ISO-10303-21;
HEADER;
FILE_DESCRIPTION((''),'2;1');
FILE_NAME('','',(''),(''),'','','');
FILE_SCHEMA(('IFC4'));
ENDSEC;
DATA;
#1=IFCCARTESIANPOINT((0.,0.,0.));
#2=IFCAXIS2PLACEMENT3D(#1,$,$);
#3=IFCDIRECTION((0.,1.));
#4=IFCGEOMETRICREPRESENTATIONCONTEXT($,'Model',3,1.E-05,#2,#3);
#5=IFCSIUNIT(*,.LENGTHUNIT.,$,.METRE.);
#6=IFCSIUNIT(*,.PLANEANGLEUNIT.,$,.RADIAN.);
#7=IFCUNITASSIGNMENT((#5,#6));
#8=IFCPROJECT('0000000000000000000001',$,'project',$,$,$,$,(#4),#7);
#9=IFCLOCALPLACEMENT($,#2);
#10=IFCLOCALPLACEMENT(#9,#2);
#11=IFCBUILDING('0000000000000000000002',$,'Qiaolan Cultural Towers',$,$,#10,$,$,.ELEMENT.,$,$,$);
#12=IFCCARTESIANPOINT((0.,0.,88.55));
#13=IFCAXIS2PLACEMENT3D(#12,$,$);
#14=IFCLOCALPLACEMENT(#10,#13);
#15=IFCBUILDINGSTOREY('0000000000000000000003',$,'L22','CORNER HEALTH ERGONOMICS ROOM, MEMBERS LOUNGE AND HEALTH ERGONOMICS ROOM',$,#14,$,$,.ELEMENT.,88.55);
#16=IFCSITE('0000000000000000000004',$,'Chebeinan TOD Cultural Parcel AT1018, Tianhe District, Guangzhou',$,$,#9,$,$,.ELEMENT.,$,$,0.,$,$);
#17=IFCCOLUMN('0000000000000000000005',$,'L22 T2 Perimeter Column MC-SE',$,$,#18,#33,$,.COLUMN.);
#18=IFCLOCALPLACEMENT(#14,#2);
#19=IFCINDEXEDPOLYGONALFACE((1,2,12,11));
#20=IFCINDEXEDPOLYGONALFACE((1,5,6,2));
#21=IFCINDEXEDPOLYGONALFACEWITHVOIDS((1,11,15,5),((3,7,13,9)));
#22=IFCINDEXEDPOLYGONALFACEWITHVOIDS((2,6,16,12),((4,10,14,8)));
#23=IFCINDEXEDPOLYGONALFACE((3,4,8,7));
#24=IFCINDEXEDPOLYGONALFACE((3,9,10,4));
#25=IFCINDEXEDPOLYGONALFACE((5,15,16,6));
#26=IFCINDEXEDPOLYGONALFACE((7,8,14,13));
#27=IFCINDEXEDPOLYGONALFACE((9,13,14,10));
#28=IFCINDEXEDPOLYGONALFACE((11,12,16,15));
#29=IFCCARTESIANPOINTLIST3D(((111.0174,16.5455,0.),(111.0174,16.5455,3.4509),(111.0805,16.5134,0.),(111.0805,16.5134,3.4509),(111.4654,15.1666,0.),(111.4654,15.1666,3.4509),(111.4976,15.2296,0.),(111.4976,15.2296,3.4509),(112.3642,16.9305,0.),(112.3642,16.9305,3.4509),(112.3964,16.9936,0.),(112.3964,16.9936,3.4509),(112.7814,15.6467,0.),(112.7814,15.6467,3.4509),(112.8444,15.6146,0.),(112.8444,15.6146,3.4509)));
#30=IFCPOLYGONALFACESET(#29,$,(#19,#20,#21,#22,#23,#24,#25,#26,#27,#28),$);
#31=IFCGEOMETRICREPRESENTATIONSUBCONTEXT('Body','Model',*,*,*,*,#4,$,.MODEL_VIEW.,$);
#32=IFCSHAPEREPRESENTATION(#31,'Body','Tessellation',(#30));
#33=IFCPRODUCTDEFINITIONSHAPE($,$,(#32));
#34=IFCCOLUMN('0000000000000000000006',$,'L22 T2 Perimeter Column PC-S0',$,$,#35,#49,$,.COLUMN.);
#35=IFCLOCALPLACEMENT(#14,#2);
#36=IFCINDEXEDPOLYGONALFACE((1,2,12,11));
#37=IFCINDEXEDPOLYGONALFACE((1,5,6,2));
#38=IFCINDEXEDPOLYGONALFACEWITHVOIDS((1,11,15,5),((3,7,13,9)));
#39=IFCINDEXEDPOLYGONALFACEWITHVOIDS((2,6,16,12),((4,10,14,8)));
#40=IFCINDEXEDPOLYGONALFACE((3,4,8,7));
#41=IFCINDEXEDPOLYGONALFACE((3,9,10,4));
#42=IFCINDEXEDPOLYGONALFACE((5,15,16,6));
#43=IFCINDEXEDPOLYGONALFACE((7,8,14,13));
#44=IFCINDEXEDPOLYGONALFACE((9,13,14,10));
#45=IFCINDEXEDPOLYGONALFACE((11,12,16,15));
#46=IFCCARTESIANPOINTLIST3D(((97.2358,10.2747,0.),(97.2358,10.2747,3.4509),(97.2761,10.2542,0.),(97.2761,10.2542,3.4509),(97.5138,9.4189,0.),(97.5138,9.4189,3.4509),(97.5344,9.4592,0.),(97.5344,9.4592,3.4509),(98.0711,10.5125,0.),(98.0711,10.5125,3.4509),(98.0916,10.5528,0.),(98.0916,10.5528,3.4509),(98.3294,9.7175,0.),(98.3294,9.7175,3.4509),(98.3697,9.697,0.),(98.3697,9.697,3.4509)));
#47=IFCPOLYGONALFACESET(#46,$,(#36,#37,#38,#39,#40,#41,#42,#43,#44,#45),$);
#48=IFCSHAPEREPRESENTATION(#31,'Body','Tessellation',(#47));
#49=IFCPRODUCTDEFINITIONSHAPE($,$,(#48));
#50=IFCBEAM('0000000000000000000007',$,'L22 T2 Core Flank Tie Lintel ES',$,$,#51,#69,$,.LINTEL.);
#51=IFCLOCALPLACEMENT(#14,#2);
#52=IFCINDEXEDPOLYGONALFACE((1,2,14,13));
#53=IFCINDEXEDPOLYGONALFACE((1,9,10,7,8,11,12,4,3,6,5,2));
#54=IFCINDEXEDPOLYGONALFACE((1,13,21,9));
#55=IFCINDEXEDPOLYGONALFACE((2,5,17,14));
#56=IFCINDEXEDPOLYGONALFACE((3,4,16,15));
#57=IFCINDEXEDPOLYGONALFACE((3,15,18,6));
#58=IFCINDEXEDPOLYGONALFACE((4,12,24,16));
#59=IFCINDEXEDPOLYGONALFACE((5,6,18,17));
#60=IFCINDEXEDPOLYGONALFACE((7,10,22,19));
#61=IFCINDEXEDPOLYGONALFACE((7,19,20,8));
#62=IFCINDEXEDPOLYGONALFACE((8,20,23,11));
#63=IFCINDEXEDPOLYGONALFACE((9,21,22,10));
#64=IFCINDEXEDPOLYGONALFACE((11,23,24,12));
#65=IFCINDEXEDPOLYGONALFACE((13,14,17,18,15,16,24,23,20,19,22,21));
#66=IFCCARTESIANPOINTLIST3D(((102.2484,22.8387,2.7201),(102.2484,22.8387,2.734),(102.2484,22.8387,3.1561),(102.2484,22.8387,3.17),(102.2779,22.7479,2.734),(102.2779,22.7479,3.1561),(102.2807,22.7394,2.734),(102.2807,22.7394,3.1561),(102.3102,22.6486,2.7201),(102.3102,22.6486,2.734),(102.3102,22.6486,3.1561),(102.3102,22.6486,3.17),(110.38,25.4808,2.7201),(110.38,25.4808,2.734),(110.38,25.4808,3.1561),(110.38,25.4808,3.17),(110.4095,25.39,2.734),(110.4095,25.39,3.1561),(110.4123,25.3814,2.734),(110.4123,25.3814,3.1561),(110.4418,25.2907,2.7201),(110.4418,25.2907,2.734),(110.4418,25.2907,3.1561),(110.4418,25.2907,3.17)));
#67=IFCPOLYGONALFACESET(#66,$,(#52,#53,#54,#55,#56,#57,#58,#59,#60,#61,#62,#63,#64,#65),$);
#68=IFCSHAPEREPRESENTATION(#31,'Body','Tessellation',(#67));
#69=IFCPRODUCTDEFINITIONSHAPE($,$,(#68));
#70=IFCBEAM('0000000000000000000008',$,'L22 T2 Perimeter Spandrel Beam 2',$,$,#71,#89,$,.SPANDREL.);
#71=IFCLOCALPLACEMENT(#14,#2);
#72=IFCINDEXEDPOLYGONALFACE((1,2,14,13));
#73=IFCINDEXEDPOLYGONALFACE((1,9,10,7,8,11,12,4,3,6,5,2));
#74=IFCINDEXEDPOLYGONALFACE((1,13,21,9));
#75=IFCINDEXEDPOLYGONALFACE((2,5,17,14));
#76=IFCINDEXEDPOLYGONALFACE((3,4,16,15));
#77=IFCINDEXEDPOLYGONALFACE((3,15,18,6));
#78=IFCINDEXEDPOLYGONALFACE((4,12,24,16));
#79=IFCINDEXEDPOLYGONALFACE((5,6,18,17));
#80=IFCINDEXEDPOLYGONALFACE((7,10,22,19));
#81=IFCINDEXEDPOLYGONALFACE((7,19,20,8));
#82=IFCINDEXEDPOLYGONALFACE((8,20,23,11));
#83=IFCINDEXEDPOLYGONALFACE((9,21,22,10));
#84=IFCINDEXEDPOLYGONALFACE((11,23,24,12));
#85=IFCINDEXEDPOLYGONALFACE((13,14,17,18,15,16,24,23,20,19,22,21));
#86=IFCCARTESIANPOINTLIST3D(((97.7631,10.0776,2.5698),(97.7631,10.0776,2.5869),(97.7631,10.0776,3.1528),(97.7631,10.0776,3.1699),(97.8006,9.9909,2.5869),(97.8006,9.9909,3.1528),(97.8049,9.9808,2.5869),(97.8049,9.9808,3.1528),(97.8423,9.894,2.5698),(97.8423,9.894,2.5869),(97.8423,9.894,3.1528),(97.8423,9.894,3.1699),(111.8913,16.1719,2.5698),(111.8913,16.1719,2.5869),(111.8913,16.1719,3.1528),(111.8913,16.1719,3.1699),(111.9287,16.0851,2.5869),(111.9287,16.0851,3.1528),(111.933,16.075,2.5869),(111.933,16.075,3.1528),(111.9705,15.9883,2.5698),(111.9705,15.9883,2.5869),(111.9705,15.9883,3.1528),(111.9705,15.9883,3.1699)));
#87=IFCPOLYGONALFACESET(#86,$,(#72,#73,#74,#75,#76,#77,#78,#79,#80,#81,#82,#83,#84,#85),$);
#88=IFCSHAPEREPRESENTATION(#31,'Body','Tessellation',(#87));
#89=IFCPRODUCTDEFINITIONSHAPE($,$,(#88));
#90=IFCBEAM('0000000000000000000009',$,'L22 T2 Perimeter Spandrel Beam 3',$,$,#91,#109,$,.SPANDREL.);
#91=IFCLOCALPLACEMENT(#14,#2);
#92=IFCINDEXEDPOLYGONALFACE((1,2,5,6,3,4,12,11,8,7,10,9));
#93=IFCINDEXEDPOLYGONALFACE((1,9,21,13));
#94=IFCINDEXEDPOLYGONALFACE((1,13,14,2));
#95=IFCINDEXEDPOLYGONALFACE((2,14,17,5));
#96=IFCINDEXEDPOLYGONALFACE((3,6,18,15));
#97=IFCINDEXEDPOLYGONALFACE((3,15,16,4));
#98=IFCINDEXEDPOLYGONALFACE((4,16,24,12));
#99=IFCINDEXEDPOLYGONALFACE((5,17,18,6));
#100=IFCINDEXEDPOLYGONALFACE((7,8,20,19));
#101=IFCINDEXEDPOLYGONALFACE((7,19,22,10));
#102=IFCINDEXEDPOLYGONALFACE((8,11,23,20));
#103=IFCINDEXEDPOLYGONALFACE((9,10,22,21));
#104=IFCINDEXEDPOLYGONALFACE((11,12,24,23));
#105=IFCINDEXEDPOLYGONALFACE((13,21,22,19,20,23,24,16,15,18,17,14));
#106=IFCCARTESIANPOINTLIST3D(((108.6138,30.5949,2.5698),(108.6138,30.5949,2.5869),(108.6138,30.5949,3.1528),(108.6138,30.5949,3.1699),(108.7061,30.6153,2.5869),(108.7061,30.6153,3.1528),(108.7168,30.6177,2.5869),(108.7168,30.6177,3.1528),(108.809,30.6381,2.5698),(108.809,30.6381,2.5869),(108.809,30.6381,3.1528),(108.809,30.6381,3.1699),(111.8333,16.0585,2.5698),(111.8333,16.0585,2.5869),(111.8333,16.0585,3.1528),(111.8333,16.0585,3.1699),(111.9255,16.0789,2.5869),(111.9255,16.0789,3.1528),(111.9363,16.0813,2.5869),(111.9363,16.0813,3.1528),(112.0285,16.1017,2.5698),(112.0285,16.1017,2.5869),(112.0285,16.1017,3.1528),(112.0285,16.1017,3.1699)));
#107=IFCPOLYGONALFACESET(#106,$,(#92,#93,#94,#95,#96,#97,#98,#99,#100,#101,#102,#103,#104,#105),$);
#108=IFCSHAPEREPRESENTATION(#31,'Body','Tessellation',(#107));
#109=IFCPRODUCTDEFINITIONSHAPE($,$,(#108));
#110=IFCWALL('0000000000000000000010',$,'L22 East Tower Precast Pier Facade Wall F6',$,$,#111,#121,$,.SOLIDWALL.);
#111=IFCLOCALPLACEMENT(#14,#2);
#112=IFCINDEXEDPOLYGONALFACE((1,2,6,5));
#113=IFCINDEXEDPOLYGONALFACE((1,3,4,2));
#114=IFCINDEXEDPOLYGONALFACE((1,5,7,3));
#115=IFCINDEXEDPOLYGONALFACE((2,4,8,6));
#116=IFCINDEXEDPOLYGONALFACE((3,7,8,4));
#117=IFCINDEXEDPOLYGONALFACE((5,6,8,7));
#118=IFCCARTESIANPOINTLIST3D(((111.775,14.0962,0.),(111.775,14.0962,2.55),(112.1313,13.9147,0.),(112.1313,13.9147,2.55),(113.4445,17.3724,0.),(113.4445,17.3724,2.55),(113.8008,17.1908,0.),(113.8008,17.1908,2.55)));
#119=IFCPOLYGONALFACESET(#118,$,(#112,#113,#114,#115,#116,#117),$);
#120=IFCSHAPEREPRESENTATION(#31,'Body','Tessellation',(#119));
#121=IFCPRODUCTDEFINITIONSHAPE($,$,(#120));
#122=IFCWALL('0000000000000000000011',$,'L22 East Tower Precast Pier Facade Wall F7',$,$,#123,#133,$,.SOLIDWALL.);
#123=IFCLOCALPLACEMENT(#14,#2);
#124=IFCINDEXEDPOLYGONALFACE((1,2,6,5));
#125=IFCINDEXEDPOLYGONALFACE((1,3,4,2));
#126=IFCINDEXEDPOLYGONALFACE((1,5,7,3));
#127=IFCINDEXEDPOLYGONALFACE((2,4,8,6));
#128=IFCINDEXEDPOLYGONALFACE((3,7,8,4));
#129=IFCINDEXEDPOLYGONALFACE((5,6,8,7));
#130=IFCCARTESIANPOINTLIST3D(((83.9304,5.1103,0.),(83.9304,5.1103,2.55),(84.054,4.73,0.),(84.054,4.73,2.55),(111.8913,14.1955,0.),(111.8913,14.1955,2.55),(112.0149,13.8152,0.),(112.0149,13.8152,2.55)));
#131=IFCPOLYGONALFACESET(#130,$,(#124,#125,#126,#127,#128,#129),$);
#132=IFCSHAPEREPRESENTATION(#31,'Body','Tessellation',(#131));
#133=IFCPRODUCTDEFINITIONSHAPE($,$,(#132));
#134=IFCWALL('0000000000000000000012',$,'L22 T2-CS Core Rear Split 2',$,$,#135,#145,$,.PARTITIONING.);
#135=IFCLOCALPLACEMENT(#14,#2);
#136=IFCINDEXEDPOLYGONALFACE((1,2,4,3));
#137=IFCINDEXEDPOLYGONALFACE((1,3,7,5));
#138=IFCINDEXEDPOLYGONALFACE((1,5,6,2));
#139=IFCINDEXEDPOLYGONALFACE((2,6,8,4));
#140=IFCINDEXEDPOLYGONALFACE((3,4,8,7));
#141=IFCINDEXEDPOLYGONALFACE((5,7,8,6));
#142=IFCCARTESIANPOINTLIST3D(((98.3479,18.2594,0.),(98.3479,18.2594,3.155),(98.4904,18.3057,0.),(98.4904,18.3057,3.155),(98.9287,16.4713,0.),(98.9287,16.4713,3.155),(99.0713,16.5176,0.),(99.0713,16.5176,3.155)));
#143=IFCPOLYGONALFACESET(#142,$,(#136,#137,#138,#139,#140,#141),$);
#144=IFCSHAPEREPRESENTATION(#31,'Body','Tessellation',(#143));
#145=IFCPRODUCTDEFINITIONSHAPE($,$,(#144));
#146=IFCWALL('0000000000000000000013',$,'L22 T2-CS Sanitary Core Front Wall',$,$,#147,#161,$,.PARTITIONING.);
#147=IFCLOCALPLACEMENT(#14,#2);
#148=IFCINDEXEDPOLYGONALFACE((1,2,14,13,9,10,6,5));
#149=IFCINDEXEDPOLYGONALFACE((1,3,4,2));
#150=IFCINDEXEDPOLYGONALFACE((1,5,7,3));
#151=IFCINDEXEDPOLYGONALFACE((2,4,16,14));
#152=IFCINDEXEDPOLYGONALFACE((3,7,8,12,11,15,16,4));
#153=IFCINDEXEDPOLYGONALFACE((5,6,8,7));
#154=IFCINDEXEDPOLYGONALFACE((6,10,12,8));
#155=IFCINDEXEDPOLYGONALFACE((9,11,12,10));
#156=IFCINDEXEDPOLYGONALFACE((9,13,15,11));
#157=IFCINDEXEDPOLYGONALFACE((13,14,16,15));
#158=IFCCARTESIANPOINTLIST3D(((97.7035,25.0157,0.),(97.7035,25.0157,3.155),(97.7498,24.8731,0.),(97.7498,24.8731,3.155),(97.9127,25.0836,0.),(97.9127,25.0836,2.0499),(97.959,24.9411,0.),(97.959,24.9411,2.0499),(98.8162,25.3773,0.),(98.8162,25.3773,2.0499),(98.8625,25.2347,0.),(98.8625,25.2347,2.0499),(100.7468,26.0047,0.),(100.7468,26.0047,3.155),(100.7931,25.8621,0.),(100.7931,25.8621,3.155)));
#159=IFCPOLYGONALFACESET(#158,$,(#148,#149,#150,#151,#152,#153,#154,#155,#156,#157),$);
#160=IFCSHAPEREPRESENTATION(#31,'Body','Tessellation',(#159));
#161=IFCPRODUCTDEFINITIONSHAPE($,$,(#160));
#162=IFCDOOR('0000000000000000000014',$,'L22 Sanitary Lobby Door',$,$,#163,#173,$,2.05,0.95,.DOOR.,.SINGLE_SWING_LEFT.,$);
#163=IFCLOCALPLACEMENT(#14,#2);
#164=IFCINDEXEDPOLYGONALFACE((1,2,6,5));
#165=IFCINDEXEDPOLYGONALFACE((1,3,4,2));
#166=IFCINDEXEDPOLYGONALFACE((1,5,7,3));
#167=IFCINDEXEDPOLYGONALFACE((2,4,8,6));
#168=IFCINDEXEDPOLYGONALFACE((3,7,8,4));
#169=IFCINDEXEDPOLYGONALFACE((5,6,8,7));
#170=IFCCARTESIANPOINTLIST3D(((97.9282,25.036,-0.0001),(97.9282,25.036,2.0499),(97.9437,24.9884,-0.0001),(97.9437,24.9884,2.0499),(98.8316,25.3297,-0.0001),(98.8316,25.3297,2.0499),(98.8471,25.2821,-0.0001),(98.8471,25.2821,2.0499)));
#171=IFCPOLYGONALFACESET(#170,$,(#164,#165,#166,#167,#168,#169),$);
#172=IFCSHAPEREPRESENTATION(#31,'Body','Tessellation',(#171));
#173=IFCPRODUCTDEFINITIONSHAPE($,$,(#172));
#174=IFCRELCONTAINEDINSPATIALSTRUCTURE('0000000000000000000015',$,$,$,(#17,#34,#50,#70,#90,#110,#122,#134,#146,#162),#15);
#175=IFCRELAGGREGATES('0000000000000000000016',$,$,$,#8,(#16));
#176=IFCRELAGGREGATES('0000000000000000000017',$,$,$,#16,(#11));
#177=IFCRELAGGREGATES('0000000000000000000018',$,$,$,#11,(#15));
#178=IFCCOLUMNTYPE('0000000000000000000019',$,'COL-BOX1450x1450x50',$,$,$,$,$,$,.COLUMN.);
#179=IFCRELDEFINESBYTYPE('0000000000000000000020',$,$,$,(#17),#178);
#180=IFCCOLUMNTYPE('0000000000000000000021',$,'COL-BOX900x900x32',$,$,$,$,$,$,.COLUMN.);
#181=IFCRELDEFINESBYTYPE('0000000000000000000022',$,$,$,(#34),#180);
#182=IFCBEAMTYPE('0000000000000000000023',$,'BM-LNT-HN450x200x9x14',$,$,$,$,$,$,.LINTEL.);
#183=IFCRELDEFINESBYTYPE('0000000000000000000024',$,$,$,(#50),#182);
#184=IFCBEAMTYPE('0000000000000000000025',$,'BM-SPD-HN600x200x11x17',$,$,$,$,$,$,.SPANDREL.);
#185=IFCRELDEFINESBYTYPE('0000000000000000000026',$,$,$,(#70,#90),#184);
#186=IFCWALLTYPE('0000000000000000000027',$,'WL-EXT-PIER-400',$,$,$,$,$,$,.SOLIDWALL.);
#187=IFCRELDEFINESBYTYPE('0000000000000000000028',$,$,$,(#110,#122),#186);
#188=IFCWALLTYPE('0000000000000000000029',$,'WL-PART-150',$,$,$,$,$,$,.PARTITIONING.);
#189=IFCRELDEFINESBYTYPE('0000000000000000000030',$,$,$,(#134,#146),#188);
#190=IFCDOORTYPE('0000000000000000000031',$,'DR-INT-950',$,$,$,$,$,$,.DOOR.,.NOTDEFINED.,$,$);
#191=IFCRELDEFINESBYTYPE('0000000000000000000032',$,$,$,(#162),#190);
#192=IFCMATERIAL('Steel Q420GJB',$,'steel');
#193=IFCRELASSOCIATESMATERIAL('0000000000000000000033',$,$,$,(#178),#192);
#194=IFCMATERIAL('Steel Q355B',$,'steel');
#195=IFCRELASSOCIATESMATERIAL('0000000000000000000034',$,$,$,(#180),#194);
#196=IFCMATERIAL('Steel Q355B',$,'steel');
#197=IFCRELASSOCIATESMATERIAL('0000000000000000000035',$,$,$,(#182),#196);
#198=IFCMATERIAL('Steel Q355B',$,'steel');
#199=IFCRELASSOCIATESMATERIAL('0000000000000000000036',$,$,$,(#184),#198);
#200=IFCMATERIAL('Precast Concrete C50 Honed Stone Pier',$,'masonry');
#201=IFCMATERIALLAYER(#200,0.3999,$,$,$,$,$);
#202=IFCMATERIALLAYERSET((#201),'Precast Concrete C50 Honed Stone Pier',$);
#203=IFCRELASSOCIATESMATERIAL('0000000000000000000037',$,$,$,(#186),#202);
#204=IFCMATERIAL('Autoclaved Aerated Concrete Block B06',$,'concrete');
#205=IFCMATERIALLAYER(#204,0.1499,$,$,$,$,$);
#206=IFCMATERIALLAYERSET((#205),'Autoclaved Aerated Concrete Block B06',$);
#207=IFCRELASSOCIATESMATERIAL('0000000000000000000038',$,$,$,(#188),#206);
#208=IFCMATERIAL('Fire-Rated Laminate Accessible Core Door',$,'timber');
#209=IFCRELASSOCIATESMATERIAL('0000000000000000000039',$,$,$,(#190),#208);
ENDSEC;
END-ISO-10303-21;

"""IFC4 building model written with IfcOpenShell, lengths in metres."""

from ifc_helpers import new_model, si_unit, direction, frame, frame_2d, origin, origin_2d, place, context, subcontext, project, spatial, rectangle, hollow_rectangle, i_section, extrude, material, layer, layer_set, material_profile, profile_set, type_object, element, fill, save


model = new_model("IFC4")

# Units and contexts
model_context = context("Model", 3, precision=1e-05, world=origin(), true_north=direction((0.0, 1.0)))
body_context = subcontext(model_context, "Body", "Model", "MODEL_VIEW")
ifc_project = project(units=[si_unit("LENGTHUNIT", "METRE"), si_unit("PLANEANGLEUNIT", "RADIAN")], contexts=[model_context])

# Site, building, storey
site_placement = place(None, origin())
site = spatial("IfcSite", under=ifc_project, at=site_placement, Name="Chebeinan TOD Cultural Parcel AT1018, Tianhe District, Guangzhou", CompositionType="ELEMENT", RefElevation=0.0)
building_placement = place(site_placement, origin())
building = spatial("IfcBuilding", under=site, at=building_placement, Name="Qiaolan Cultural Towers", CompositionType="ELEMENT")
storey_placement = place(building_placement, frame((0.0, 0.0, 88.55)))
storey = spatial("IfcBuildingStorey", under=building, at=storey_placement, Name="L22", Description="CORNER HEALTH ERGONOMICS ROOM, MEMBERS LOUNGE AND HEALTH ERGONOMICS ROOM", CompositionType="ELEMENT", Elevation=88.55)

# Columns
ifc_material_1 = material(Name="Steel Q420GJB", Category="steel")
ifc_material_profile_1 = material_profile(ifc_material_1, hollow_rectangle(XDim=1.45, YDim=1.45, WallThickness=0.05, at=origin_2d()), Name="BOX1450x1450x50")
ifc_profile_set_1 = profile_set([ifc_material_profile_1], Name="Steel Q420GJB")
column_type_1 = type_object("IfcColumnType", Name="COL-BOX1450x1450x50", PredefinedType="COLUMN", material=ifc_profile_set_1)
column_1_placement = place(storey_placement, frame((111.9309, 16.0801, 0.0), z_axis=(0.0, 0.0, 1.0), x_axis=(0.951057, 0.309017, 0.0)))
element("IfcColumn", 1, at=column_1_placement, inside=storey, type_object=column_type_1, Name="L22 T2 Perimeter Column MC-SE", PredefinedType="COLUMN", context=body_context, shape_type="SweptSolid", body=[
    extrude(hollow_rectangle(XDim=1.45, YDim=1.45, WallThickness=0.05, at=origin_2d()), origin(), (0.0, 0.0, 1.0), 3.4509),
])
ifc_material_2 = material(Name="Steel Q355B", Category="steel")
ifc_material_profile_2 = material_profile(ifc_material_2, hollow_rectangle(XDim=0.8999, YDim=0.8999, WallThickness=0.032, at=origin_2d()), Name="BOX900x900x32")
ifc_profile_set_2 = profile_set([ifc_material_profile_2], Name="Steel Q355B")
column_type_2 = type_object("IfcColumnType", Name="COL-BOX900x900x32", PredefinedType="COLUMN", material=ifc_profile_set_2)
column_2_placement = place(storey_placement, frame((97.8027, 9.9858, 0.0), z_axis=(0.0, 0.0, 1.0), x_axis=(0.951057, 0.309017, 0.0)))
element("IfcColumn", 2, at=column_2_placement, inside=storey, type_object=column_type_2, Name="L22 T2 Perimeter Column PC-S0", PredefinedType="COLUMN", context=body_context, shape_type="SweptSolid", body=[
    extrude(hollow_rectangle(XDim=0.8999, YDim=0.8999, WallThickness=0.032, at=origin_2d()), origin(), (0.0, 0.0, 1.0), 3.4509),
])

# Beams
ifc_material_3 = material(Name="Steel Q355B", Category="steel")
ifc_material_profile_3 = material_profile(ifc_material_3, i_section(OverallWidth=0.2, OverallDepth=0.45, WebThickness=0.009, FlangeThickness=0.0139, at=origin_2d()), Name="HN450x200x9x14")
ifc_profile_set_3 = profile_set([ifc_material_profile_3], Name="Steel Q355B")
beam_type_1 = type_object("IfcBeamType", Name="BM-LNT-HN450x200x9x14", PredefinedType="LINTEL", material=ifc_profile_set_3)
beam_1_placement = place(storey_placement, frame((102.2793, 22.7437, 2.9451), z_axis=(0.951057, 0.309014, 0.0), x_axis=(-0.309014, 0.951057, 0.0)))
element("IfcBeam", 3, at=beam_1_placement, inside=storey, type_object=beam_type_1, Name="L22 T2 Core Flank Tie Lintel ES", PredefinedType="LINTEL", context=body_context, shape_type="SweptSolid", body=[
    extrude(i_section(OverallWidth=0.2, OverallDepth=0.45, WebThickness=0.009, FlangeThickness=0.0139, at=origin_2d()), origin(), (0.0, 0.0, 1.0), 8.55),
])
ifc_material_4 = material(Name="Steel Q355B", Category="steel")
ifc_material_profile_4 = material_profile(ifc_material_4, i_section(OverallWidth=0.2, OverallDepth=0.6001, WebThickness=0.011, FlangeThickness=0.0171, at=origin_2d()), Name="HN600x200x11x17")
ifc_profile_set_4 = profile_set([ifc_material_profile_4], Name="Steel Q355B")
beam_type_2 = type_object("IfcBeamType", Name="BM-SPD-HN600x200x11x17", PredefinedType="SPANDREL", material=ifc_profile_set_4)
beam_2_placement = place(storey_placement, frame((97.8027, 9.9858, 2.8699), z_axis=(0.918218, 0.396076, 0.0), x_axis=(-0.396076, 0.918218, 0.0)))
element("IfcBeam", 4, at=beam_2_placement, inside=storey, type_object=beam_type_2, Name="L22 T2 Perimeter Spandrel Beam 2", PredefinedType="SPANDREL", context=body_context, shape_type="SweptSolid", body=[
    extrude(i_section(OverallWidth=0.2, OverallDepth=0.6001, WebThickness=0.011, FlangeThickness=0.0171, at=origin_2d()), origin(), (0.0, 0.0, 1.0), 15.3865),
])
beam_3_placement = place(storey_placement, frame((111.9309, 16.0801, 2.8699), z_axis=(-0.216238, 0.976341, 0.0), x_axis=(-0.976341, -0.216238, 0.0)))
element("IfcBeam", 5, at=beam_3_placement, inside=storey, type_object=beam_type_2, Name="L22 T2 Perimeter Spandrel Beam 3", PredefinedType="SPANDREL", context=body_context, shape_type="SweptSolid", body=[
    extrude(i_section(OverallWidth=0.2, OverallDepth=0.6001, WebThickness=0.011, FlangeThickness=0.0171, at=origin_2d()), origin(), (0.0, 0.0, 1.0), 14.8887),
])

# Walls
ifc_material_5 = material(Name="Precast Concrete C50 Honed Stone Pier", Category="masonry")
ifc_layer_1 = layer(ifc_material_5, 0.3999)
ifc_layer_set_1 = layer_set([ifc_layer_1], Name="Precast Concrete C50 Honed Stone Pier")
wall_type_1 = type_object("IfcWallType", Name="WL-EXT-PIER-400", PredefinedType="SOLIDWALL", material=ifc_layer_set_1)
wall_1_placement = place(storey_placement, frame((113.6226, 17.2815, 0.0), z_axis=(0.0, 0.0, 1.0), x_axis=(-0.454026, -0.890988, 0.0)))
element("IfcWall", 6, at=wall_1_placement, inside=storey, type_object=wall_type_1, Name="L22 East Tower Precast Pier Facade Wall F6", PredefinedType="SOLIDWALL", context=body_context, shape_type="SweptSolid", body=[
    extrude(rectangle(XDim=3.677, YDim=0.3999, at=frame_2d((1.8384, 0.0))), origin(), (0.0, 0.0, 1.0), 2.55),
])
wall_2_placement = place(storey_placement, frame((111.9531, 14.0054, 0.0), z_axis=(0.0, 0.0, 1.0), x_axis=(-0.951055, -0.309021, 0.0)))
element("IfcWall", 7, at=wall_2_placement, inside=storey, type_object=wall_type_1, Name="L22 East Tower Precast Pier Facade Wall F7", PredefinedType="SOLIDWALL", context=body_context, shape_type="SweptSolid", body=[
    extrude(rectangle(XDim=29.3999, YDim=0.3999, at=frame_2d((14.7, 0.0))), origin(), (0.0, 0.0, 1.0), 2.55),
])
ifc_material_6 = material(Name="Autoclaved Aerated Concrete Block B06", Category="concrete")
ifc_layer_2 = layer(ifc_material_6, 0.1499)
ifc_layer_set_2 = layer_set([ifc_layer_2], Name="Autoclaved Aerated Concrete Block B06")
wall_type_2 = type_object("IfcWallType", Name="WL-PART-150", PredefinedType="PARTITIONING", material=ifc_layer_set_2)
wall_3_placement = place(storey_placement, frame((98.4192, 18.2825, 0.0), z_axis=(0.0, 0.0, 1.0), x_axis=(0.308933, -0.951084, 0.0)))
element("IfcWall", 8, at=wall_3_placement, inside=storey, type_object=wall_type_2, Name="L22 T2-CS Core Rear Split 2", PredefinedType="PARTITIONING", context=body_context, shape_type="SweptSolid", body=[
    extrude(rectangle(XDim=1.8801, YDim=0.1499, at=frame_2d((0.9399, 0.0))), origin(), (0.0, 0.0, 1.0), 3.155),
])

# Wall, opening, door
wall_4_placement = place(storey_placement, frame((97.7266, 24.9443, 0.0), z_axis=(0.0, 0.0, 1.0), x_axis=(0.951037, 0.309077, 0.0)))
wall_4 = element("IfcWall", 9, at=wall_4_placement, inside=storey, type_object=wall_type_2, Name="L22 T2-CS Sanitary Core Front Wall", PredefinedType="PARTITIONING", context=body_context, shape_type="SweptSolid", body=[
    extrude(rectangle(XDim=3.2, YDim=0.1499, at=frame_2d((1.6001, 0.0))), origin(), (0.0, 0.0, 1.0), 3.155),
])
opening_1_placement = place(wall_4_placement, frame((0.22, 0.0, 0.0)))
opening_1 = element("IfcOpeningElement", 10, at=opening_1_placement, cuts=wall_4, PredefinedType="OPENING", context=body_context, shape_type="SweptSolid", body=[
    extrude(rectangle(XDim=0.95, YDim=2.05, at=frame_2d((0.4751, 1.0249))), frame((0.0, 0.085, 0.0), z_axis=(0.0, -1.0, 0.0), x_axis=(1.0, 0.0, 0.0)), (0.0, 0.0, 1.0), 0.1699),
])
ifc_material_7 = material(Name="Fire-Rated Laminate Accessible Core Door", Category="timber")
door_type_1 = type_object("IfcDoorType", Name="DR-INT-950", OperationType="NOTDEFINED", PredefinedType="DOOR", material=ifc_material_7)
door_1_placement = place(opening_1_placement, origin())
door_1 = element("IfcDoor", 11, at=door_1_placement, inside=storey, type_object=door_type_1, Name="L22 Sanitary Lobby Door", OperationType="SINGLE_SWING_LEFT", OverallHeight=2.05, OverallWidth=0.95, PredefinedType="DOOR", context=body_context, shape_type="SweptSolid", body=[
    extrude(rectangle(XDim=0.95, YDim=2.05, at=frame_2d((0.4751, 1.0249))), frame((0.0, 0.0249, 0.0), z_axis=(0.0, -1.0, 0.0), x_axis=(1.0, 0.0, 0.0)), (0.0, 0.0, 1.0), 0.05),
])
fill(opening_1, door_1)

save(model, "model.ifc")
